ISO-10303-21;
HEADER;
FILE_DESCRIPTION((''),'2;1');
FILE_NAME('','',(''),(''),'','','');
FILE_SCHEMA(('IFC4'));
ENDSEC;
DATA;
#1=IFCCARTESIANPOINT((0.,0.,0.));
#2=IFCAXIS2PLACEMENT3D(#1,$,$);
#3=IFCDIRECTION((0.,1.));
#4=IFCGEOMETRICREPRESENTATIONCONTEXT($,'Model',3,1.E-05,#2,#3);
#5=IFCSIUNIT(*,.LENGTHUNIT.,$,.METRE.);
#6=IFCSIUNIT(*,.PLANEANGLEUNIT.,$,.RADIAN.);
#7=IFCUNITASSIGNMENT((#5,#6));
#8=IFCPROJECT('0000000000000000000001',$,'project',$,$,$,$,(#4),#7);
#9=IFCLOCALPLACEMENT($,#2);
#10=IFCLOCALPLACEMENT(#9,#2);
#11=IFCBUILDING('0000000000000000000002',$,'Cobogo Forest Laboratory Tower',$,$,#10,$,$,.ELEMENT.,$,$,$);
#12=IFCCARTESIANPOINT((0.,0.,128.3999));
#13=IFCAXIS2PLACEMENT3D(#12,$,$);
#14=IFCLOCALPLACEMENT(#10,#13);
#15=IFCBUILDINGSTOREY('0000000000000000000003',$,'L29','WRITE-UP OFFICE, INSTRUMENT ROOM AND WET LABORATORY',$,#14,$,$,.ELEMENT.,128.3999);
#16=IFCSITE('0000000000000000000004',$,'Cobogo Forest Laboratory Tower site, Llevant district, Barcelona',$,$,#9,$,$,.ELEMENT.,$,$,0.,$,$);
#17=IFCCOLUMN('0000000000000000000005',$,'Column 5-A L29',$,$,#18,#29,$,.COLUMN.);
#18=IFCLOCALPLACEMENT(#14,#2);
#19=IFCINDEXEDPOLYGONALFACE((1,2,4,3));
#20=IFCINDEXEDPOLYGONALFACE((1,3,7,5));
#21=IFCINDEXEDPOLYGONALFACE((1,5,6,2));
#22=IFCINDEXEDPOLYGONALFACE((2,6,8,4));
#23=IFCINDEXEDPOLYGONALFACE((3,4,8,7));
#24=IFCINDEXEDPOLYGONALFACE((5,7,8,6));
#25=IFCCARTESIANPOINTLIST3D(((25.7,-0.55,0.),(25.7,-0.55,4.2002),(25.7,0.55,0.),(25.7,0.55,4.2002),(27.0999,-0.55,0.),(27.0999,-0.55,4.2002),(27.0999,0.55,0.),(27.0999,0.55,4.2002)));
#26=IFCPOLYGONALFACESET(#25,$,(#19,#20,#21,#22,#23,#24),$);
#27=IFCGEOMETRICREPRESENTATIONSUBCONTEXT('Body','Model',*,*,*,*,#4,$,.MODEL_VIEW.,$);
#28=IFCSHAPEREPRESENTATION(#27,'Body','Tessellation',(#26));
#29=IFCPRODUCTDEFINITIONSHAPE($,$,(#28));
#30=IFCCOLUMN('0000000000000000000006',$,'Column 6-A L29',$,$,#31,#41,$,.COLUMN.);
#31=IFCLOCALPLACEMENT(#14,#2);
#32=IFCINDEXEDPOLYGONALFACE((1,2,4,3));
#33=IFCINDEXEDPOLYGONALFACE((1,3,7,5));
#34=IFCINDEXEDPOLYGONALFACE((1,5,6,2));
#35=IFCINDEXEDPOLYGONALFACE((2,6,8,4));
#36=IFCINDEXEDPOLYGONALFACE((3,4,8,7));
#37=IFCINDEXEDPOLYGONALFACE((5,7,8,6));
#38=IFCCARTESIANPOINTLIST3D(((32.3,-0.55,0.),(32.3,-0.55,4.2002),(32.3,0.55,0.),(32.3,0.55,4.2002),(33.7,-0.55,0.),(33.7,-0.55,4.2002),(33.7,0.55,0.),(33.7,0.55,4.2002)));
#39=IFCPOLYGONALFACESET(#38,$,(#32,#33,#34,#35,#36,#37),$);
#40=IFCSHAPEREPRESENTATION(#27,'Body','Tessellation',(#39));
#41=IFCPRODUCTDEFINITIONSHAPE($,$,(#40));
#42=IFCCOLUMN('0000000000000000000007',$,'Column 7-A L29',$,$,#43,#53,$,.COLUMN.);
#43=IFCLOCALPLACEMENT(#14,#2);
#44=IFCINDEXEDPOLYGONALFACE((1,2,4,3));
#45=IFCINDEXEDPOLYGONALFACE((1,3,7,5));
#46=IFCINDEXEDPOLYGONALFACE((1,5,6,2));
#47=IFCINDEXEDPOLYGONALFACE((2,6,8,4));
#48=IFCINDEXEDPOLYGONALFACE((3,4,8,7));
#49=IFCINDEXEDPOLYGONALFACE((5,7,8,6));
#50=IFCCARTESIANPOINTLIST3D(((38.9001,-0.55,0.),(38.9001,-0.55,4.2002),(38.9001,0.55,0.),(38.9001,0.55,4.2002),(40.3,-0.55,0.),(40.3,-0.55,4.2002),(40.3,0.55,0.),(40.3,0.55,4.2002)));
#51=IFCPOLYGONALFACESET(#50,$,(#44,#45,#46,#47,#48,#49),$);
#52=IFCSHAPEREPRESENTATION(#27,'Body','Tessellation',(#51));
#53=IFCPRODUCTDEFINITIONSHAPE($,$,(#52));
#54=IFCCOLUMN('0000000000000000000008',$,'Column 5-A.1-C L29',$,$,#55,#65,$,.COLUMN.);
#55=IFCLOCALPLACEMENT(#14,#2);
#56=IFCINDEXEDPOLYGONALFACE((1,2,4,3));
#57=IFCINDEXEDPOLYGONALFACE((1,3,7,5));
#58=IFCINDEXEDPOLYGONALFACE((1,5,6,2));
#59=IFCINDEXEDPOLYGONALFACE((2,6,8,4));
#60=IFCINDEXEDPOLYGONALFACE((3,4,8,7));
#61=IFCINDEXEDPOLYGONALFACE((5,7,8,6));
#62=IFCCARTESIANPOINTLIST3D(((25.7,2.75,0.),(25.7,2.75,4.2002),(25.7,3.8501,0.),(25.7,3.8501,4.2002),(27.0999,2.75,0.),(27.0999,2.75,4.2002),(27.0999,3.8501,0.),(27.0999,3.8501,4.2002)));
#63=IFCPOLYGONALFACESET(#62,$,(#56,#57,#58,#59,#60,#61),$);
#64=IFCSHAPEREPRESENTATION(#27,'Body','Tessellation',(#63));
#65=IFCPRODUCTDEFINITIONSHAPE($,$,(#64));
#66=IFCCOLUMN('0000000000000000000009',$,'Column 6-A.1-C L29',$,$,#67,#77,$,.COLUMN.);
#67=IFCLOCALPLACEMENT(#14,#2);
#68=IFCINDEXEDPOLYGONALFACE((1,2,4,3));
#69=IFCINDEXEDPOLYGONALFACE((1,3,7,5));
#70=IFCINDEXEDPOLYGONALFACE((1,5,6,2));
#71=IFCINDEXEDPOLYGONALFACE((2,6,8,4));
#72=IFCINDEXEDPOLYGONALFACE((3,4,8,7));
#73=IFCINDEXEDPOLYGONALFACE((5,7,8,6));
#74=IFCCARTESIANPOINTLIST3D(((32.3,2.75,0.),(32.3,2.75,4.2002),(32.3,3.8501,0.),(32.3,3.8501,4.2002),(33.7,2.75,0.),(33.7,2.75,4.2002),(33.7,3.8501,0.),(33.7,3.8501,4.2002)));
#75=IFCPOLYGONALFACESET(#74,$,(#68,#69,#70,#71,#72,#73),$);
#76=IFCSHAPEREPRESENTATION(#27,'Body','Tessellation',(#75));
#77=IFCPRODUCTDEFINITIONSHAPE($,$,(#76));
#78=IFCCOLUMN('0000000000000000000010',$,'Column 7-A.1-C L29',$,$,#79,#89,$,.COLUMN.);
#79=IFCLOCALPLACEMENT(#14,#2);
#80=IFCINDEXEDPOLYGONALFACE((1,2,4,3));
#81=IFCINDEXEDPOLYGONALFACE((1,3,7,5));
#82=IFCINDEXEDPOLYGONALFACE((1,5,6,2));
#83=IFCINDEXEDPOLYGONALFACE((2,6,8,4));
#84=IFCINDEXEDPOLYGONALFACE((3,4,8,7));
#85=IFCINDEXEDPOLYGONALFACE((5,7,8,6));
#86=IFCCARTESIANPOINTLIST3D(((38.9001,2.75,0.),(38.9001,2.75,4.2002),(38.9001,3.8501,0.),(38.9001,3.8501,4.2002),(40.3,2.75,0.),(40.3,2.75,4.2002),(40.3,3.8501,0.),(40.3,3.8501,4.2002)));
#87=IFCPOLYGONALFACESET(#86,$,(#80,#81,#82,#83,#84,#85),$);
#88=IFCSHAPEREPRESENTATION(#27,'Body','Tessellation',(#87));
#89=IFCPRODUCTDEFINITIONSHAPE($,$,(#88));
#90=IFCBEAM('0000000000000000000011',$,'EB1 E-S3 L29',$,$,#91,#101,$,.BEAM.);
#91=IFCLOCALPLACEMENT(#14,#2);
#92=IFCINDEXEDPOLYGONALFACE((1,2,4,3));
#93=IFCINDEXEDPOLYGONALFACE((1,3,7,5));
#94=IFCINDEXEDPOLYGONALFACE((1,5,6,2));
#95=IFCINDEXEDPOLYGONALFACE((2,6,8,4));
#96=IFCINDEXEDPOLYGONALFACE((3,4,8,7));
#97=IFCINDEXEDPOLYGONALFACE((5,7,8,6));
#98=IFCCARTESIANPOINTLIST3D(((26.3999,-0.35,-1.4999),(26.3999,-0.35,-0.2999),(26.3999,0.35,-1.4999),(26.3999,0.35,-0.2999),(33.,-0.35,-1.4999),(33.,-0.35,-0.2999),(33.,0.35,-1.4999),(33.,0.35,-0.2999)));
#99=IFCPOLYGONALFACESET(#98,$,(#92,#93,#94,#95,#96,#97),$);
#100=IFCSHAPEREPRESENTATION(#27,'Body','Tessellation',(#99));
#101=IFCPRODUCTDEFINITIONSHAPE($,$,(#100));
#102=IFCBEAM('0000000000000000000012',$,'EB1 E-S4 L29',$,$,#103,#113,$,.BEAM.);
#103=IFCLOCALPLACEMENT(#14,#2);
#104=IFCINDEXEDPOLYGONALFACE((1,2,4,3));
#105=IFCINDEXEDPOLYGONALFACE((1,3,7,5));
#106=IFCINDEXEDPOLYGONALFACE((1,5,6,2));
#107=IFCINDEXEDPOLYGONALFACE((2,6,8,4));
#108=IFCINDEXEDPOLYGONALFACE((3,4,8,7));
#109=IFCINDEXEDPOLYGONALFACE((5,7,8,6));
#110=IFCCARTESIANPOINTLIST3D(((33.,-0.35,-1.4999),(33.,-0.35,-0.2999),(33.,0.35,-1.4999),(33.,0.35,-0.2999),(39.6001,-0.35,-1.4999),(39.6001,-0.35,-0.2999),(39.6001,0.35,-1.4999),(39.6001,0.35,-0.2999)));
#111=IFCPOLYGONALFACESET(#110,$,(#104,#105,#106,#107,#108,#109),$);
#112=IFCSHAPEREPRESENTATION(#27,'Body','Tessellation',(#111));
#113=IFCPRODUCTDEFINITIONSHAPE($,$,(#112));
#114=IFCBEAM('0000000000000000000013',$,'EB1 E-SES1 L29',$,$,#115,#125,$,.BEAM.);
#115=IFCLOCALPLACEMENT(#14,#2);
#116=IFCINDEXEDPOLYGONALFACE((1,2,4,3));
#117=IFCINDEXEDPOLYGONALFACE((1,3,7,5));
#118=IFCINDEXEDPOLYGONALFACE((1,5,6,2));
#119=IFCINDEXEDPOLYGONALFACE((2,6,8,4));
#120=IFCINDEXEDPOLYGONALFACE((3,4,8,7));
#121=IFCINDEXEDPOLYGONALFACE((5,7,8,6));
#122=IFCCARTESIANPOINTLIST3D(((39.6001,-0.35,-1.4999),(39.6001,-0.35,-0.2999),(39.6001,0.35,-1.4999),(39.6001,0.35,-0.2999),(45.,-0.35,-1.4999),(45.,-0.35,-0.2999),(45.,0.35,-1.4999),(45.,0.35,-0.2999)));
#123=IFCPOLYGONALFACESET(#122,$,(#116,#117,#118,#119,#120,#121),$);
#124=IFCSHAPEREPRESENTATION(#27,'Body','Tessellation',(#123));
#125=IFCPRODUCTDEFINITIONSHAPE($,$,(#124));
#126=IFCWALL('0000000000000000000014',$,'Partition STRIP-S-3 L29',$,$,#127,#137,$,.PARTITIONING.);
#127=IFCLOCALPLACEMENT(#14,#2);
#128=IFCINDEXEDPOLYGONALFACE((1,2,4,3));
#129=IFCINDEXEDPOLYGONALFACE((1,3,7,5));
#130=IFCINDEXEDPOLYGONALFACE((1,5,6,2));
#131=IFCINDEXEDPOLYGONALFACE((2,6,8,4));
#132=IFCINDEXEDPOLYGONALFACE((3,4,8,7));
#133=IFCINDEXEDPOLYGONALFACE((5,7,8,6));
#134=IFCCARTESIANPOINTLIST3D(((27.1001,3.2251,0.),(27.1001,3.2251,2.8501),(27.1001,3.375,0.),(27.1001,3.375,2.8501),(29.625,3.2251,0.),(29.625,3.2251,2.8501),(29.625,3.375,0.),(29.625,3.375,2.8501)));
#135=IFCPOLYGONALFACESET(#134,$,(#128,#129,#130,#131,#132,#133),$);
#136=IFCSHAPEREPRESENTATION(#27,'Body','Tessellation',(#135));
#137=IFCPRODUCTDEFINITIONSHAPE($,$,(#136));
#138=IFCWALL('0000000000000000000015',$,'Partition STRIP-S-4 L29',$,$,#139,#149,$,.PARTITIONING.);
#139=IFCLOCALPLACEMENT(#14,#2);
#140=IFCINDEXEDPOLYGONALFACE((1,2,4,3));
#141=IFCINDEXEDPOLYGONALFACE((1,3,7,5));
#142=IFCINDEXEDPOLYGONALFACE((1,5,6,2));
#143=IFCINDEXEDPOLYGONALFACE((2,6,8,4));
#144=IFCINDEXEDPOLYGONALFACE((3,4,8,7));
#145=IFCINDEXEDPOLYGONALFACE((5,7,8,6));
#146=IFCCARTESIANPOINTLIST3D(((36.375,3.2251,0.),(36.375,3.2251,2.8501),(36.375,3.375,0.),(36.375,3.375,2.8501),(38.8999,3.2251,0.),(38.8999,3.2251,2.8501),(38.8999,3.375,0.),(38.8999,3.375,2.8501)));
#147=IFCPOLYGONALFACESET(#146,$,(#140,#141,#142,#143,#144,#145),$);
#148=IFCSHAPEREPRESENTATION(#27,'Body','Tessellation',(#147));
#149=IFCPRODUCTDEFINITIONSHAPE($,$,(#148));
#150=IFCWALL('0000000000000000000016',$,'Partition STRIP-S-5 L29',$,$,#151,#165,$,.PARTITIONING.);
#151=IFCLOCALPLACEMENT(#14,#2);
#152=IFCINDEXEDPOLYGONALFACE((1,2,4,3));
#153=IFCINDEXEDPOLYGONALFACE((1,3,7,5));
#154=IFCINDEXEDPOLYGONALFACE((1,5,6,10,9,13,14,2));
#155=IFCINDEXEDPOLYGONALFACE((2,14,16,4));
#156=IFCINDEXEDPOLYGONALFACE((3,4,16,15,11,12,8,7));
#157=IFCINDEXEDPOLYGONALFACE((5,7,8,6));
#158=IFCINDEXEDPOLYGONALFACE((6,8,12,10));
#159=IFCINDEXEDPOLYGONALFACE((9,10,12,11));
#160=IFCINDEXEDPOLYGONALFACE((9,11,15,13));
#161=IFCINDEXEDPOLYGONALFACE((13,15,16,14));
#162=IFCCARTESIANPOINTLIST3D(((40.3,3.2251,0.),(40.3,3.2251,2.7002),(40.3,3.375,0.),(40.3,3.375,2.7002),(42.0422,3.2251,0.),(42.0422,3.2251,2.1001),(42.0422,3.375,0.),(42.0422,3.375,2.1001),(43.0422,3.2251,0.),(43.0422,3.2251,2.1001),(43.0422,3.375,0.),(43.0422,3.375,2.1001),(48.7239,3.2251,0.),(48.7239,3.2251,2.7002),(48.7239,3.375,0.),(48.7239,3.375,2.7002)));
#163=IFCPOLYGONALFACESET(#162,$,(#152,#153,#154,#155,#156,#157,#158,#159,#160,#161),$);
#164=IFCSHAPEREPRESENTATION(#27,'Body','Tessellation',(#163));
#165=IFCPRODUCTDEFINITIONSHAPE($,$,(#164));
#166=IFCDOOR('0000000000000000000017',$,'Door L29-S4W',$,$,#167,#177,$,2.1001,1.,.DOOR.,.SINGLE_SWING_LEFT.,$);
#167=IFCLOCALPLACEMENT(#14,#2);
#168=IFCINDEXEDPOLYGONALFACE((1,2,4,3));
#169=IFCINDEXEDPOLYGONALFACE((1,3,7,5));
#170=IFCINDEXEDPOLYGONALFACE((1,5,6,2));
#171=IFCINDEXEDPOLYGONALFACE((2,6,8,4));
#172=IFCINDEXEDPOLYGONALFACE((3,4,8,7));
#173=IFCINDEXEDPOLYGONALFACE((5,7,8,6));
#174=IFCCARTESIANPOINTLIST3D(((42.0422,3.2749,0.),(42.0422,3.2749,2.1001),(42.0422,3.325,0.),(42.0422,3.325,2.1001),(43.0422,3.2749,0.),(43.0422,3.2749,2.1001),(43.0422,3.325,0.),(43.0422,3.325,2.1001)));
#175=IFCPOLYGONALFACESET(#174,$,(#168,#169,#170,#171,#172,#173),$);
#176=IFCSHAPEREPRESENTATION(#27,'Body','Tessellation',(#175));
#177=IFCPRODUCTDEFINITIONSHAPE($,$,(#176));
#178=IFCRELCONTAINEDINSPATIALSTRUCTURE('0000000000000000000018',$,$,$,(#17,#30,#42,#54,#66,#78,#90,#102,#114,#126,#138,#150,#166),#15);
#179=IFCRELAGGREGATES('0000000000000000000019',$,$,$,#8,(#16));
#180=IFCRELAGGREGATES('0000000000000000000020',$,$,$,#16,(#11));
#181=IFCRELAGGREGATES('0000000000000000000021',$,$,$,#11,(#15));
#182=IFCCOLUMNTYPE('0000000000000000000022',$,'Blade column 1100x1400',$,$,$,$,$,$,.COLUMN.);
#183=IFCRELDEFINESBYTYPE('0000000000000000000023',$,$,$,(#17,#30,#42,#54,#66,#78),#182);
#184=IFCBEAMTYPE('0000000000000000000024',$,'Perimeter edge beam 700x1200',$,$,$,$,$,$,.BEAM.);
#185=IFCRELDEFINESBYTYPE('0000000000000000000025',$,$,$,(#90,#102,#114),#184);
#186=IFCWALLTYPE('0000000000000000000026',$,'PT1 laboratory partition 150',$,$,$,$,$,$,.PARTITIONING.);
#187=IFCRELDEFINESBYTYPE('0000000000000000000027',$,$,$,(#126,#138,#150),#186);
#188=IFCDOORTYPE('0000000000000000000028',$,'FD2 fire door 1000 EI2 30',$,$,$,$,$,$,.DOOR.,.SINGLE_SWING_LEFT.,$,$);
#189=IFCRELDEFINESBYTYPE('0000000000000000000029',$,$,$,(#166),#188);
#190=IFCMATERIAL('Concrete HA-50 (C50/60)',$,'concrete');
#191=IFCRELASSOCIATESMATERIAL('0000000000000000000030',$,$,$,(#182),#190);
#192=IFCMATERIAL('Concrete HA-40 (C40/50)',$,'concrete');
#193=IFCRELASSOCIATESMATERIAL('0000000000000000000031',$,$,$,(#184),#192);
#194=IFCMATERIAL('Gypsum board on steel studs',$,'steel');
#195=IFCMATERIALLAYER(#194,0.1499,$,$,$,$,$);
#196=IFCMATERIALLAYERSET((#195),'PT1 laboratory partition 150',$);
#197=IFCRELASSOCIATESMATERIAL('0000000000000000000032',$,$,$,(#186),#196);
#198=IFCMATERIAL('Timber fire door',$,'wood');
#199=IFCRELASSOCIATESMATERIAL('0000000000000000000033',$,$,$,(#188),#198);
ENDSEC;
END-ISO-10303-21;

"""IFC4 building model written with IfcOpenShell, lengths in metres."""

from ifc_helpers import new_model, si_unit, direction, frame, frame_2d, origin, origin_2d, place, context, subcontext, project, spatial, rectangle, extrude, material, layer, layer_set, material_profile, profile_set, type_object, element, fill, save


model = new_model("IFC4")

# Units and contexts
model_context = context("Model", 3, precision=1e-05, world=origin(), true_north=direction((0.0, 1.0)))
body_context = subcontext(model_context, "Body", "Model", "MODEL_VIEW")
ifc_project = project(units=[si_unit("LENGTHUNIT", "METRE"), si_unit("PLANEANGLEUNIT", "RADIAN")], contexts=[model_context])

# Site, building, storey
site_placement = place(None, origin())
site = spatial("IfcSite", under=ifc_project, at=site_placement, Name="Cobogo Forest Laboratory Tower site, Llevant district, Barcelona", CompositionType="ELEMENT", RefElevation=0.0)
building_placement = place(site_placement, origin())
building = spatial("IfcBuilding", under=site, at=building_placement, Name="Cobogo Forest Laboratory Tower", CompositionType="ELEMENT")
storey_placement = place(building_placement, frame((0.0, 0.0, 128.3999)))
storey = spatial("IfcBuildingStorey", under=building, at=storey_placement, Name="L29", Description="WRITE-UP OFFICE, INSTRUMENT ROOM AND WET LABORATORY", CompositionType="ELEMENT", Elevation=128.3999)

# Columns
ifc_material_1 = material(Name="Concrete HA-50 (C50/60)", Category="concrete")
ifc_material_profile_1 = material_profile(ifc_material_1, rectangle(XDim=1.3999, YDim=1.1001, at=origin_2d()), Name="RC 1100x1400")
ifc_profile_set_1 = profile_set([ifc_material_profile_1], Name="Concrete HA-50 (C50/60)")
column_type = type_object("IfcColumnType", Name="Blade column 1100x1400", PredefinedType="COLUMN", material=ifc_profile_set_1)
for number, where, z_axis, x_axis, name in (
    (1, (26.3999, 0.0, 0.0), (0.0, 0.0, 1.0), (1.0, 0.0, 0.0), "Column 5-A L29"),
    (2, (33.0, 0.0, 0.0), (0.0, 0.0, 1.0), (1.0, 0.0, 0.0), "Column 6-A L29"),
    (3, (39.6001, 0.0, 0.0), (0.0, 0.0, 1.0), (1.0, 0.0, 0.0), "Column 7-A L29"),
    (4, (26.3999, 3.3, 0.0), (0.0, 0.0, 1.0), (1.0, 0.0, 0.0), "Column 5-A.1-C L29"),
    (5, (33.0, 3.3, 0.0), (0.0, 0.0, 1.0), (1.0, 0.0, 0.0), "Column 6-A.1-C L29"),
    (6, (39.6001, 3.3, 0.0), (0.0, 0.0, 1.0), (1.0, 0.0, 0.0), "Column 7-A.1-C L29"),
):
    element("IfcColumn", number, at=place(storey_placement, frame(where, z_axis=z_axis, x_axis=x_axis)), inside=storey, type_object=column_type, Name=name, PredefinedType="COLUMN", context=body_context, shape_type="SweptSolid", body=[
        extrude(rectangle(XDim=1.3999, YDim=1.1001, at=origin_2d()), origin(), (0.0, 0.0, 1.0), 4.2002),
    ])

# Beams
ifc_material_2 = material(Name="Concrete HA-40 (C40/50)", Category="concrete")
ifc_material_profile_2 = material_profile(ifc_material_2, rectangle(XDim=0.7, YDim=1.2, at=origin_2d()), Name="RC 700x1200")
ifc_profile_set_2 = profile_set([ifc_material_profile_2], Name="Concrete HA-40 (C40/50)")
beam_type = type_object("IfcBeamType", Name="Perimeter edge beam 700x1200", PredefinedType="BEAM", material=ifc_profile_set_2)
for number, where, z_axis, x_axis, name in (
    (7, (26.3999, 0.0, -0.8999), (1.0, 0.0, 0.0), (0.0, 1.0, 0.0), "EB1 E-S3 L29"),
    (8, (33.0, 0.0, -0.8999), (1.0, 0.0, 0.0), (0.0, 1.0, 0.0), "EB1 E-S4 L29"),
):
    element("IfcBeam", number, at=place(storey_placement, frame(where, z_axis=z_axis, x_axis=x_axis)), inside=storey, type_object=beam_type, Name=name, PredefinedType="BEAM", context=body_context, shape_type="SweptSolid", body=[
        extrude(rectangle(XDim=0.7, YDim=1.2, at=origin_2d()), origin(), (0.0, 0.0, 1.0), 6.6001),
    ])
beam_placement = place(storey_placement, frame((39.6001, 0.0, -0.8999), z_axis=(1.0, 0.0, 0.0), x_axis=(0.0, 1.0, 0.0)))
element("IfcBeam", 9, at=beam_placement, inside=storey, type_object=beam_type, Name="EB1 E-SES1 L29", PredefinedType="BEAM", context=body_context, shape_type="SweptSolid", body=[
    extrude(rectangle(XDim=0.7, YDim=1.2, at=origin_2d()), origin(), (0.0, 0.0, 1.0), 5.3999),
])

# Walls
ifc_material_3 = material(Name="Gypsum board on steel studs", Category="steel")
ifc_layer = layer(ifc_material_3, 0.1499)
ifc_layer_set = layer_set([ifc_layer], Name="PT1 laboratory partition 150")
wall_type = type_object("IfcWallType", Name="PT1 laboratory partition 150", PredefinedType="PARTITIONING", material=ifc_layer_set)
for number, where, z_axis, x_axis, name in (
    (10, (27.1001, 3.3, 0.0), (0.0, 0.0, 1.0), (1.0, 0.0, 0.0), "Partition STRIP-S-3 L29"),
    (11, (36.375, 3.3, 0.0), (0.0, 0.0, 1.0), (1.0, 0.0, 0.0), "Partition STRIP-S-4 L29"),
):
    element("IfcWall", number, at=place(storey_placement, frame(where, z_axis=z_axis, x_axis=x_axis)), inside=storey, type_object=wall_type, Name=name, PredefinedType="PARTITIONING", context=body_context, shape_type="SweptSolid", body=[
        extrude(rectangle(XDim=2.5249, YDim=0.1499, at=frame_2d((1.2625, 0.0))), origin(), (0.0, 0.0, 1.0), 2.8501),
    ])

# Wall, opening, door
wall_1_placement = place(storey_placement, frame((40.3, 3.3, 0.0), z_axis=(0.0, 0.0, 1.0), x_axis=(1.0, 0.0, 0.0)))
wall_1 = element("IfcWall", 12, at=wall_1_placement, inside=storey, type_object=wall_type, Name="Partition STRIP-S-5 L29", PredefinedType="PARTITIONING", context=body_context, shape_type="SweptSolid", body=[
    extrude(rectangle(XDim=8.4238, YDim=0.1499, at=frame_2d((4.2119, 0.0))), origin(), (0.0, 0.0, 1.0), 2.7002),
])
opening_1_placement = place(wall_1_placement, frame((1.7422, 0.0, 0.0)))
opening_1 = element("IfcOpeningElement", 13, at=opening_1_placement, cuts=wall_1, PredefinedType="OPENING", context=body_context, shape_type="SweptSolid", body=[
    extrude(rectangle(XDim=1.0, YDim=2.1001, at=frame_2d((0.5, 1.05))), frame((0.0, 0.085, 0.0), z_axis=(0.0, -1.0, 0.0), x_axis=(1.0, 0.0, 0.0)), (0.0, 0.0, 1.0), 0.1699),
])
ifc_material_4 = material(Name="Timber fire door", Category="wood")
door_type_1 = type_object("IfcDoorType", Name="FD2 fire door 1000 EI2 30", OperationType="SINGLE_SWING_LEFT", PredefinedType="DOOR", material=ifc_material_4)
door_1_placement = place(opening_1_placement, origin())
door_1 = element("IfcDoor", 14, at=door_1_placement, inside=storey, type_object=door_type_1, Name="Door L29-S4W", OperationType="SINGLE_SWING_LEFT", OverallHeight=2.1001, OverallWidth=1.0, PredefinedType="DOOR", context=body_context, shape_type="SweptSolid", body=[
    extrude(rectangle(XDim=1.0, YDim=2.1001, at=frame_2d((0.5, 1.05))), frame((0.0, 0.0249, 0.0), z_axis=(0.0, -1.0, 0.0), x_axis=(1.0, 0.0, 0.0)), (0.0, 0.0, 1.0), 0.05),
])
fill(opening_1, door_1)

save(model, "model.ifc")
